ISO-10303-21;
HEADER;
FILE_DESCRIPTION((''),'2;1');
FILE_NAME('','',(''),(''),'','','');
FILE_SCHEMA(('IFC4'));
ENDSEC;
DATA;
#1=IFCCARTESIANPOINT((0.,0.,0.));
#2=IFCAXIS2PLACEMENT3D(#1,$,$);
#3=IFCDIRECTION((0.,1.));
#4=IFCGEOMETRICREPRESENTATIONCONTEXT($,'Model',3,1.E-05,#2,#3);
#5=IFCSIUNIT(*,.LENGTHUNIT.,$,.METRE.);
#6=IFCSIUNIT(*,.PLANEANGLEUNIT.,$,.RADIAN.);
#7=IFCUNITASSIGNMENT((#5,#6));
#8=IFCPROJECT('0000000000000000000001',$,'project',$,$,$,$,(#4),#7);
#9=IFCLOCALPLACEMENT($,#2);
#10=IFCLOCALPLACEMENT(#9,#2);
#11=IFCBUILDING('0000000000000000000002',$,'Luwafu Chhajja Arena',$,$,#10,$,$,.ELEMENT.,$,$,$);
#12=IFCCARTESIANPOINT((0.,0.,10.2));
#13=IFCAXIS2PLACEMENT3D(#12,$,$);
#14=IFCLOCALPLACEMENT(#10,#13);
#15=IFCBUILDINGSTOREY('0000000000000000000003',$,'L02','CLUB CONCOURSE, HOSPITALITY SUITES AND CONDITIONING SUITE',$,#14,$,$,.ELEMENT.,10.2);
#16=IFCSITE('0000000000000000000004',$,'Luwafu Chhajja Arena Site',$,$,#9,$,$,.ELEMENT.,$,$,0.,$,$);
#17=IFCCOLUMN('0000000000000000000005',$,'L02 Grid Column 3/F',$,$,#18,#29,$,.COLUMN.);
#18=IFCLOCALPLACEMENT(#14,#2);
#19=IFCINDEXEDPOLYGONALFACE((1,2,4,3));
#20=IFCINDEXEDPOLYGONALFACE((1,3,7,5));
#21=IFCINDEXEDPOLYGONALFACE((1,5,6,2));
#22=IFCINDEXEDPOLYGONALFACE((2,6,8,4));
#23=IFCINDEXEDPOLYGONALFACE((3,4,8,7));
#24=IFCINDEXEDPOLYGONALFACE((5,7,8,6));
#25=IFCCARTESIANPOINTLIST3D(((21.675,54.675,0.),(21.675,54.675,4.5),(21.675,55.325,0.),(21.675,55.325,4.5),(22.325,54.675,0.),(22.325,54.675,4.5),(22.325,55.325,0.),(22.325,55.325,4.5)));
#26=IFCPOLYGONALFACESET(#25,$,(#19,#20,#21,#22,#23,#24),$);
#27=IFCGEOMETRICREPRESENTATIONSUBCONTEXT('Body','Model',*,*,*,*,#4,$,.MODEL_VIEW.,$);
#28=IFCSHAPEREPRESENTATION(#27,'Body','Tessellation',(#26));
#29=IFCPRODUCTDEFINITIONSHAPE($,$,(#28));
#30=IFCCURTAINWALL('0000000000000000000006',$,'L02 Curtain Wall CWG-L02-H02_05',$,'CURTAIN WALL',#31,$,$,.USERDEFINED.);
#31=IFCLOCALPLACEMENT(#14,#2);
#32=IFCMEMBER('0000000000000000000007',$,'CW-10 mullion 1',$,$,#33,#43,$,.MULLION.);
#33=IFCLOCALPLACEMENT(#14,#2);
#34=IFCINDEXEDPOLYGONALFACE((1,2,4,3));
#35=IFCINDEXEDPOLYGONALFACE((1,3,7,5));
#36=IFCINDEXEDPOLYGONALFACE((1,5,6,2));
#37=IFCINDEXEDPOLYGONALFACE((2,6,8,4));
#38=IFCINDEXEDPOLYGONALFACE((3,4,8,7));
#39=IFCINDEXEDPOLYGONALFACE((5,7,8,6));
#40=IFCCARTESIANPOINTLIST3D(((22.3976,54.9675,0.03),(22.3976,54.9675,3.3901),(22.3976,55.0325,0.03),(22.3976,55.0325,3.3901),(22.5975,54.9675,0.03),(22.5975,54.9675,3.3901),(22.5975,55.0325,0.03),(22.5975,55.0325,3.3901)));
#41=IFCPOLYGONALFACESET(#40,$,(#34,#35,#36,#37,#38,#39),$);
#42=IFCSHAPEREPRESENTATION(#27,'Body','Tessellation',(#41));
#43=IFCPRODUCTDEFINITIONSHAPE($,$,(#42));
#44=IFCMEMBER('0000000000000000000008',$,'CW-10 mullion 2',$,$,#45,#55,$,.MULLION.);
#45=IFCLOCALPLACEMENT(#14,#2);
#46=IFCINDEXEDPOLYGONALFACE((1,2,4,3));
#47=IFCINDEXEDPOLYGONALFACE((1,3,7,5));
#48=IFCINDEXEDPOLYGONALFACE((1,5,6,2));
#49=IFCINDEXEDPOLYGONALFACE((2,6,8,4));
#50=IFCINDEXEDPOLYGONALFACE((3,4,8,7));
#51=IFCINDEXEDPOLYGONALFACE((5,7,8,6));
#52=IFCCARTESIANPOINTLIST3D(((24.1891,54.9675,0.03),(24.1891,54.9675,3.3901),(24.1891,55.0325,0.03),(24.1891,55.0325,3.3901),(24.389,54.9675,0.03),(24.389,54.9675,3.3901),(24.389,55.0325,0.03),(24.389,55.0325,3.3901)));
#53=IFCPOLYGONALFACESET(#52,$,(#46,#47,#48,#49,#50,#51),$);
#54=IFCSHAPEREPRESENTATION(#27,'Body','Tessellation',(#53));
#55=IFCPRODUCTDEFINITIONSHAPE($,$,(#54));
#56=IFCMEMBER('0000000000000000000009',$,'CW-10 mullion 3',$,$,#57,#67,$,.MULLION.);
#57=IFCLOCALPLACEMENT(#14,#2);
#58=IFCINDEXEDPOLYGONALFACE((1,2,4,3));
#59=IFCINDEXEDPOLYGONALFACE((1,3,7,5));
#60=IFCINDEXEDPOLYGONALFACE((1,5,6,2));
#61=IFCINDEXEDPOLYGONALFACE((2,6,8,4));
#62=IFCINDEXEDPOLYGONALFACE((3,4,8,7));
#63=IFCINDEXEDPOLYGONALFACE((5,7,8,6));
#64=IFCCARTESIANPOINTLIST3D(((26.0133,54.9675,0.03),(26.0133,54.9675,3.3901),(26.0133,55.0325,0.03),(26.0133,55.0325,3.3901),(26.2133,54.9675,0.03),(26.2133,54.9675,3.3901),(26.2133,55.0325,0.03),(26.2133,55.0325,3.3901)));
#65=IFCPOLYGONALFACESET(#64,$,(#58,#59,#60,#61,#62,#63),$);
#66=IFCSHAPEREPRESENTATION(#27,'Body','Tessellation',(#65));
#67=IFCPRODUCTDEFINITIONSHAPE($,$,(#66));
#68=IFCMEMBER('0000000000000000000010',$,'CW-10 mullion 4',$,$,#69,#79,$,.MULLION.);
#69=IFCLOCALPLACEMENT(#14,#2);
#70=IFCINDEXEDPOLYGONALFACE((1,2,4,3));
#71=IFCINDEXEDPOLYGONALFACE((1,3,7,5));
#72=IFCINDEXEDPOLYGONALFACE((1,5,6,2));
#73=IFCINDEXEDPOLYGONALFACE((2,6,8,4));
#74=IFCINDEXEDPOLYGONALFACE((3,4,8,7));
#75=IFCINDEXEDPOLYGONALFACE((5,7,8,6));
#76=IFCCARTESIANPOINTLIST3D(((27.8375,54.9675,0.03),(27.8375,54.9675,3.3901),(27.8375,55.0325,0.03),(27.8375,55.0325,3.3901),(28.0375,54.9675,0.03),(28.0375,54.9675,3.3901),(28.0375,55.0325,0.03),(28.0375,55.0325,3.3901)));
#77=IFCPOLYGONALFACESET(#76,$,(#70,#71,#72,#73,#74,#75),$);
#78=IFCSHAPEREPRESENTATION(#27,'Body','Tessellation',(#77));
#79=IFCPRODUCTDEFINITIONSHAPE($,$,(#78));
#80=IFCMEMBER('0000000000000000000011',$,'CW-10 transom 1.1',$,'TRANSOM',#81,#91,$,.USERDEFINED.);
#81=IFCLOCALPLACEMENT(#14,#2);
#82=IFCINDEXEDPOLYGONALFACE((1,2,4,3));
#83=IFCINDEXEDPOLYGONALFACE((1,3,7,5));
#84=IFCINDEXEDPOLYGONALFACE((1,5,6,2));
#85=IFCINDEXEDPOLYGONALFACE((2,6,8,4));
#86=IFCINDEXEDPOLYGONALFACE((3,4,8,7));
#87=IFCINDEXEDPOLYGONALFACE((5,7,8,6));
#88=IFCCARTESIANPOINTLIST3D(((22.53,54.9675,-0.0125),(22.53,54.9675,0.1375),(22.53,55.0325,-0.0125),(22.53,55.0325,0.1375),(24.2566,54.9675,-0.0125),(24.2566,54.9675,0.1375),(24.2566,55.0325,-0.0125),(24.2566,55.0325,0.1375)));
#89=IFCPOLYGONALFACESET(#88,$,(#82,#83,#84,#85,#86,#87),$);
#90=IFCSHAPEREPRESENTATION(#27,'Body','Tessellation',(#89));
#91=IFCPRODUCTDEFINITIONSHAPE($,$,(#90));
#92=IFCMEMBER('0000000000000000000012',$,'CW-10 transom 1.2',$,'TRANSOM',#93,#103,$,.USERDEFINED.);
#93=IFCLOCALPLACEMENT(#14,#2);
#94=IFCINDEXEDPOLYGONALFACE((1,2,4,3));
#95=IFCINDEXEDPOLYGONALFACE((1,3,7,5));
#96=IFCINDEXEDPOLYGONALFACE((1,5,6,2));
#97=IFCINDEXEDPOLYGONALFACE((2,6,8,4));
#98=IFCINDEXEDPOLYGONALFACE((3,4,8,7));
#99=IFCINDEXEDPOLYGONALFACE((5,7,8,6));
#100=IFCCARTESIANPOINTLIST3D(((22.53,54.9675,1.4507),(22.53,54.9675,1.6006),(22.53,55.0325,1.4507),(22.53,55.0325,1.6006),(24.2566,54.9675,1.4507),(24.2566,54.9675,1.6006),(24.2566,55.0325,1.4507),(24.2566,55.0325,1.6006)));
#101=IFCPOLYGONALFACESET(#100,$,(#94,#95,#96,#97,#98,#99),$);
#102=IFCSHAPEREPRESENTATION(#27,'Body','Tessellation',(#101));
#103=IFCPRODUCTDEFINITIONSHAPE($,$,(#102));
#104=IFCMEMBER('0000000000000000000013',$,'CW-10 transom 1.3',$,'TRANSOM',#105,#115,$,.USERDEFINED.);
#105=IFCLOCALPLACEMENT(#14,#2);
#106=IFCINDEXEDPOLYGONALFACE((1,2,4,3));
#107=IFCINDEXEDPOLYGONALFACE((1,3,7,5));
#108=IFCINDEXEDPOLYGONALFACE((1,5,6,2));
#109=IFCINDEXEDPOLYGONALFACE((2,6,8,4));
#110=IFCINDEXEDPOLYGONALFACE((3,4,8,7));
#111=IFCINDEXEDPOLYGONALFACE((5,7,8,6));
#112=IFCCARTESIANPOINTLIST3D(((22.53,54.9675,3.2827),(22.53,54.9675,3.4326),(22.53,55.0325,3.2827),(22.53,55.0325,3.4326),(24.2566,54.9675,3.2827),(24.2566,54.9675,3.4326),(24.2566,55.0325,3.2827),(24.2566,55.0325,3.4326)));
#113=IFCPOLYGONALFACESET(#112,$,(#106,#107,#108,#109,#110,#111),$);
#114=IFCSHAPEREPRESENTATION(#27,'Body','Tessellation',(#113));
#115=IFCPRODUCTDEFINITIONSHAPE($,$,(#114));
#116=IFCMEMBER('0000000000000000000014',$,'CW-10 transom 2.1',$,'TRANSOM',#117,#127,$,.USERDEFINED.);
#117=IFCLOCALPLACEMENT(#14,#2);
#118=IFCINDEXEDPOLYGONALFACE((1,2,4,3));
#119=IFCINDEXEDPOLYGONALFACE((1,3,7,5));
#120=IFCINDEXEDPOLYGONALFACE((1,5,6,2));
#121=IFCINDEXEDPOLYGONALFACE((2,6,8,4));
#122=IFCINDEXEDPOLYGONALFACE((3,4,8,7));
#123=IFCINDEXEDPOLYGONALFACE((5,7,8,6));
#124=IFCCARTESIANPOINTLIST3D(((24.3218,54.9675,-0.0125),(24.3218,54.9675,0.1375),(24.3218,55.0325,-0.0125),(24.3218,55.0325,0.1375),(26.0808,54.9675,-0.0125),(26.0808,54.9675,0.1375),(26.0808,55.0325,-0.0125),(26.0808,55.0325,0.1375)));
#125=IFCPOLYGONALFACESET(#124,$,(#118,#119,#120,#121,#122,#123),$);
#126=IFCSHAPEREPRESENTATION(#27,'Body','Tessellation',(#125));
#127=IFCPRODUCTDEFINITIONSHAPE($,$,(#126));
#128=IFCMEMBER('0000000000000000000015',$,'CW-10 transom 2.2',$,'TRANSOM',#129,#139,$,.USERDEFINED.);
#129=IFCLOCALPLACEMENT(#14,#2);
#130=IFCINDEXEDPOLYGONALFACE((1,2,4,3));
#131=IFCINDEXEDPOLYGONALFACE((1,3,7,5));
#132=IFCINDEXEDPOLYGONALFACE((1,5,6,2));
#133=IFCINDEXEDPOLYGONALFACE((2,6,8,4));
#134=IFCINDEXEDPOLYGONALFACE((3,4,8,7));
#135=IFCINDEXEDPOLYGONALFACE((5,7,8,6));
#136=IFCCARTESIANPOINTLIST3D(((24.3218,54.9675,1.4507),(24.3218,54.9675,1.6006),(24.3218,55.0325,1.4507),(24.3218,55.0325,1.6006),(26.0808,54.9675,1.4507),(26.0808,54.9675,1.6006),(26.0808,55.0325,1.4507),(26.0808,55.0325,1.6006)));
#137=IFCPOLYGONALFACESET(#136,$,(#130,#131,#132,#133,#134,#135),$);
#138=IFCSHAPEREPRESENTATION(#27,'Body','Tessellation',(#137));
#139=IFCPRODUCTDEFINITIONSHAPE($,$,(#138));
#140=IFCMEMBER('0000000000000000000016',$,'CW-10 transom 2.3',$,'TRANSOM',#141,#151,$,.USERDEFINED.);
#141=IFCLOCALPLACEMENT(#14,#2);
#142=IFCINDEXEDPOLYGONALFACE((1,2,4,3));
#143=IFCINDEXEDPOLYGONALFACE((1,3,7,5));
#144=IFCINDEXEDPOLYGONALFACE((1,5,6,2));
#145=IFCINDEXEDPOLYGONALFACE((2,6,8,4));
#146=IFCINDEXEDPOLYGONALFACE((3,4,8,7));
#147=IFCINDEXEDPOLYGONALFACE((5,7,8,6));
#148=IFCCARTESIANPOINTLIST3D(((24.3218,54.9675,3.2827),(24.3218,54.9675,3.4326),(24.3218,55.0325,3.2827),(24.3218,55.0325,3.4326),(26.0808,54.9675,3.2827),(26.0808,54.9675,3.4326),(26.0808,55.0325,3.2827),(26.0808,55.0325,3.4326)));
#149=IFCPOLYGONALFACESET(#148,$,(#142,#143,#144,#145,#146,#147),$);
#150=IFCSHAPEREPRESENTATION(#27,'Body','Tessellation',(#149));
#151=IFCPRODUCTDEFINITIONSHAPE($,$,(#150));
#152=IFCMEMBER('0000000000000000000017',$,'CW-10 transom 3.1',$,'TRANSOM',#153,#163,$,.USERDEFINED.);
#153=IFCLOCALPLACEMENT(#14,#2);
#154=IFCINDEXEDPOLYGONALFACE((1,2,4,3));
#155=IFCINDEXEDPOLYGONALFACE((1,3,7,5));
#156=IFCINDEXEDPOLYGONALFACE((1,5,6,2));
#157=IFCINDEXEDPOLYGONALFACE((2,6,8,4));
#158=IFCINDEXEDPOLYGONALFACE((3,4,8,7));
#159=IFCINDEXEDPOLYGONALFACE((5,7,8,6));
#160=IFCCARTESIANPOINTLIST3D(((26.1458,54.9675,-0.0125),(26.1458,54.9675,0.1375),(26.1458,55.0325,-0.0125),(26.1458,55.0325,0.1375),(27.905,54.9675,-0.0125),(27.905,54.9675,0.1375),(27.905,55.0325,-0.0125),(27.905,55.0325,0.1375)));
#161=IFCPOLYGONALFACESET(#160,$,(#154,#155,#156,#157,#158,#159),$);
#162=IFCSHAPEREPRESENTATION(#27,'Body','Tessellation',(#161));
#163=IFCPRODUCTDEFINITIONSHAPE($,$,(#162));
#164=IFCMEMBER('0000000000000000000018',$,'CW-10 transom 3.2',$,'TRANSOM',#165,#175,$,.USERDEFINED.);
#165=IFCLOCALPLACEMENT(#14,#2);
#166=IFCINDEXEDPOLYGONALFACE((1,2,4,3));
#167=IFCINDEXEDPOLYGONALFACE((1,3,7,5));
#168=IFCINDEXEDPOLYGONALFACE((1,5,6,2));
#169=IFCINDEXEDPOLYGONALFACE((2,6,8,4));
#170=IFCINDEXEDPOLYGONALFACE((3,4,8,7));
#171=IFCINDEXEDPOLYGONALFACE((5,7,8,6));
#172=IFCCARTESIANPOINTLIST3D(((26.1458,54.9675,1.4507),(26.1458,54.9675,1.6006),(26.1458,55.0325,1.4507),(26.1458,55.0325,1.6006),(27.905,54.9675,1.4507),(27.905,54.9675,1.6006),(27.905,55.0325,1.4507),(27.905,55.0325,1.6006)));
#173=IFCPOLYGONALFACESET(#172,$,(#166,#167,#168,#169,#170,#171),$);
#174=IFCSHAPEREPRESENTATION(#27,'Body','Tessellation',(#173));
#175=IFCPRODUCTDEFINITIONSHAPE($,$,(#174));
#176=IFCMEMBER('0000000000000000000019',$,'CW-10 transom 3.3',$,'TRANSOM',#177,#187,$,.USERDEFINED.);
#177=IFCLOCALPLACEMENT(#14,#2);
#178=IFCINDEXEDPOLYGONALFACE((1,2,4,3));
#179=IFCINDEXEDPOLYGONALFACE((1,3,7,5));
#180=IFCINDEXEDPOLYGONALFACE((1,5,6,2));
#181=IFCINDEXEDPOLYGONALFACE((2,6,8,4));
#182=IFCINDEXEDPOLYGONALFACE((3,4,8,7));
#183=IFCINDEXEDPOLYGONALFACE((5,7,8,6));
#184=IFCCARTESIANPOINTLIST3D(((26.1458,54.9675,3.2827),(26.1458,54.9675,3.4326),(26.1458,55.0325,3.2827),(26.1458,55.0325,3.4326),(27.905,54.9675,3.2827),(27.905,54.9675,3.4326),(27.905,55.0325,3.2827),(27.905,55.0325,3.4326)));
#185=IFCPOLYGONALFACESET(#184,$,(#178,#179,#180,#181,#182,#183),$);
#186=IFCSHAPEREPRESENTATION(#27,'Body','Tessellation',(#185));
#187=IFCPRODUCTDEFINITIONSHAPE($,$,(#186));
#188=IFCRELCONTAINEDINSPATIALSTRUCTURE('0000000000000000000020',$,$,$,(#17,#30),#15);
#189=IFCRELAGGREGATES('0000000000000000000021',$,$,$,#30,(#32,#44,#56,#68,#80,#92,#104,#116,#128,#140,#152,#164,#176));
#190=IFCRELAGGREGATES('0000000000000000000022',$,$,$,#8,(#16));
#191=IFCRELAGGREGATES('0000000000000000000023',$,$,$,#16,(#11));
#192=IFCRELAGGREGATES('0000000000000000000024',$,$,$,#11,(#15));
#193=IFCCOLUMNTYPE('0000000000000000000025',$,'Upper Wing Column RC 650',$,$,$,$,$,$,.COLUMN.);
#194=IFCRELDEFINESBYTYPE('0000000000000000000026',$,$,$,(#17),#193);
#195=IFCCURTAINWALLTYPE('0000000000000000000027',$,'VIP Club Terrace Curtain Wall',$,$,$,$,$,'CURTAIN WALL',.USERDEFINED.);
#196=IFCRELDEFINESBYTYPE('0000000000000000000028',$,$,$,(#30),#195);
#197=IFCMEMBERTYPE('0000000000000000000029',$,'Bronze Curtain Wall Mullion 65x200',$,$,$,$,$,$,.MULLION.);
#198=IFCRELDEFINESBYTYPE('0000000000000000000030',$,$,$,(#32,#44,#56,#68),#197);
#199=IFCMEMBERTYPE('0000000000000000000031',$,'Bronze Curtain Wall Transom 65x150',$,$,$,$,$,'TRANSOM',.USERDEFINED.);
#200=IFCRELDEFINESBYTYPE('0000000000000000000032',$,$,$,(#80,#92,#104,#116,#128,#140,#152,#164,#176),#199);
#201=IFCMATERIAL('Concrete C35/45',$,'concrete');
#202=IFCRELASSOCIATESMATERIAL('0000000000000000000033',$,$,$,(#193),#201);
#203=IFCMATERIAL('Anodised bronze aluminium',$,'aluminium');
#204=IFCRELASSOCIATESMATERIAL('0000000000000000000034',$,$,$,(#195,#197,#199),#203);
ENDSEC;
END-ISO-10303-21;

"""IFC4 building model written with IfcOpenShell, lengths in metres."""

from ifc_helpers import new_model, si_unit, direction, frame, origin, origin_2d, place, context, subcontext, project, spatial, rectangle, extrude, material, material_profile, profile_set, type_object, element, aggregate, save


model = new_model("IFC4")

# Units and contexts
model_context = context("Model", 3, precision=1e-05, world=origin(), true_north=direction((0.0, 1.0)))
body_context = subcontext(model_context, "Body", "Model", "MODEL_VIEW")
ifc_project = project(units=[si_unit("LENGTHUNIT", "METRE"), si_unit("PLANEANGLEUNIT", "RADIAN")], contexts=[model_context])

# Site, building, storey
site_placement = place(None, origin())
site = spatial("IfcSite", under=ifc_project, at=site_placement, Name="Luwafu Chhajja Arena Site", CompositionType="ELEMENT", RefElevation=0.0)
building_placement = place(site_placement, origin())
building = spatial("IfcBuilding", under=site, at=building_placement, Name="Luwafu Chhajja Arena", CompositionType="ELEMENT")
storey_placement = place(building_placement, frame((0.0, 0.0, 10.2)))
storey = spatial("IfcBuildingStorey", under=building, at=storey_placement, Name="L02", Description="CLUB CONCOURSE, HOSPITALITY SUITES AND CONDITIONING SUITE", CompositionType="ELEMENT", Elevation=10.2)

# Column
ifc_material_1 = material(Name="Concrete C35/45", Category="concrete")
ifc_material_profile_1 = material_profile(ifc_material_1, rectangle(XDim=0.6499, YDim=0.6499, at=origin_2d()), Name="RC 650x650")
ifc_profile_set_1 = profile_set([ifc_material_profile_1], Name="Concrete C35/45")
column_type = type_object("IfcColumnType", Name="Upper Wing Column RC 650", PredefinedType="COLUMN", material=ifc_profile_set_1)
column_placement = place(storey_placement, frame((22.0, 55.0, 0.0), z_axis=(0.0, 0.0, 1.0), x_axis=(1.0, 0.0, 0.0)))
element("IfcColumn", 1, at=column_placement, inside=storey, type_object=column_type, Name="L02 Grid Column 3/F", PredefinedType="COLUMN", context=body_context, shape_type="SweptSolid", body=[
    extrude(rectangle(XDim=0.6499, YDim=0.6499, at=origin_2d()), origin(), (0.0, 0.0, 1.0), 4.5),
])

# Curtain wall, members
ifc_material_2 = material(Name="Anodised bronze aluminium", Category="aluminium")
curtain_wall_type = type_object("IfcCurtainWallType", Name="VIP Club Terrace Curtain Wall", ElementType="CURTAIN WALL", PredefinedType="USERDEFINED", material=ifc_material_2)
curtain_wall_placement = place(storey_placement, origin())
curtain_wall = element("IfcCurtainWall", 2, at=curtain_wall_placement, inside=storey, type_object=curtain_wall_type, Name="L02 Curtain Wall CWG-L02-H02_05", ObjectType="CURTAIN WALL", PredefinedType="USERDEFINED")
ifc_material_profile_2 = material_profile(ifc_material_2, rectangle(XDim=0.0649, YDim=0.2, at=origin_2d()), Name="CWM 65x200")
ifc_profile_set_2 = profile_set([ifc_material_profile_2], Name="Anodised bronze aluminium")
member_type_1 = type_object("IfcMemberType", Name="Bronze Curtain Wall Mullion 65x200", PredefinedType="MULLION", material=ifc_profile_set_2)
member_1_placement = place(storey_placement, frame((22.4976, 55.0, 0.03), z_axis=(0.0, 0.0, 1.0), x_axis=(0.0, 1.0, 0.0)))
member_1 = element("IfcMember", 3, at=member_1_placement, type_object=member_type_1, Name="CW-10 mullion 1", PredefinedType="MULLION", context=body_context, shape_type="SweptSolid", body=[
    extrude(rectangle(XDim=0.0649, YDim=0.2, at=origin_2d()), origin(), (0.0, 0.0, 1.0), 3.3601),
])
member_2_placement = place(storey_placement, frame((24.2891, 55.0, 0.03), z_axis=(0.0, 0.0, 1.0), x_axis=(0.0, 1.0, 0.0)))
member_2 = element("IfcMember", 4, at=member_2_placement, type_object=member_type_1, Name="CW-10 mullion 2", PredefinedType="MULLION", context=body_context, shape_type="SweptSolid", body=[
    extrude(rectangle(XDim=0.0649, YDim=0.2, at=origin_2d()), origin(), (0.0, 0.0, 1.0), 3.3601),
])
member_3_placement = place(storey_placement, frame((26.1133, 55.0, 0.03), z_axis=(0.0, 0.0, 1.0), x_axis=(0.0, 1.0, 0.0)))
member_3 = element("IfcMember", 5, at=member_3_placement, type_object=member_type_1, Name="CW-10 mullion 3", PredefinedType="MULLION", context=body_context, shape_type="SweptSolid", body=[
    extrude(rectangle(XDim=0.0649, YDim=0.2, at=origin_2d()), origin(), (0.0, 0.0, 1.0), 3.3601),
])
member_4_placement = place(storey_placement, frame((27.9375, 55.0, 0.03), z_axis=(0.0, 0.0, 1.0), x_axis=(0.0, 1.0, 0.0)))
member_4 = element("IfcMember", 6, at=member_4_placement, type_object=member_type_1, Name="CW-10 mullion 4", PredefinedType="MULLION", context=body_context, shape_type="SweptSolid", body=[
    extrude(rectangle(XDim=0.0649, YDim=0.2, at=origin_2d()), origin(), (0.0, 0.0, 1.0), 3.3601),
])
ifc_material_profile_3 = material_profile(ifc_material_2, rectangle(XDim=0.0649, YDim=0.1499, at=origin_2d()), Name="CWT 65x150")
ifc_profile_set_3 = profile_set([ifc_material_profile_3], Name="Anodised bronze aluminium")
member_type_2 = type_object("IfcMemberType", Name="Bronze Curtain Wall Transom 65x150", ElementType="TRANSOM", PredefinedType="USERDEFINED", material=ifc_profile_set_3)
member_5_placement = place(storey_placement, frame((22.53, 55.0, 0.0625), z_axis=(1.0, 0.0, 0.0), x_axis=(0.0, 1.0, 0.0)))
member_5 = element("IfcMember", 7, at=member_5_placement, type_object=member_type_2, Name="CW-10 transom 1.1", ObjectType="TRANSOM", PredefinedType="USERDEFINED", context=body_context, shape_type="SweptSolid", body=[
    extrude(rectangle(XDim=0.0649, YDim=0.1499, at=origin_2d()), origin(), (0.0, 0.0, 1.0), 1.7266),
])
member_6_placement = place(storey_placement, frame((22.53, 55.0, 1.5256), z_axis=(1.0, 0.0, 0.0), x_axis=(0.0, 1.0, 0.0)))
member_6 = element("IfcMember", 8, at=member_6_placement, type_object=member_type_2, Name="CW-10 transom 1.2", ObjectType="TRANSOM", PredefinedType="USERDEFINED", context=body_context, shape_type="SweptSolid", body=[
    extrude(rectangle(XDim=0.0649, YDim=0.1499, at=origin_2d()), origin(), (0.0, 0.0, 1.0), 1.7266),
])
member_7_placement = place(storey_placement, frame((22.53, 55.0, 3.3577), z_axis=(1.0, 0.0, 0.0), x_axis=(0.0, 1.0, 0.0)))
member_7 = element("IfcMember", 9, at=member_7_placement, type_object=member_type_2, Name="CW-10 transom 1.3", ObjectType="TRANSOM", PredefinedType="USERDEFINED", context=body_context, shape_type="SweptSolid", body=[
    extrude(rectangle(XDim=0.0649, YDim=0.1499, at=origin_2d()), origin(), (0.0, 0.0, 1.0), 1.7266),
])
member_8_placement = place(storey_placement, frame((24.3218, 55.0, 0.0625), z_axis=(1.0, 0.0, 0.0), x_axis=(0.0, 1.0, 0.0)))
member_8 = element("IfcMember", 10, at=member_8_placement, type_object=member_type_2, Name="CW-10 transom 2.1", ObjectType="TRANSOM", PredefinedType="USERDEFINED", context=body_context, shape_type="SweptSolid", body=[
    extrude(rectangle(XDim=0.0649, YDim=0.1499, at=origin_2d()), origin(), (0.0, 0.0, 1.0), 1.759),
])
member_9_placement = place(storey_placement, frame((24.3218, 55.0, 1.5256), z_axis=(1.0, 0.0, 0.0), x_axis=(0.0, 1.0, 0.0)))
member_9 = element("IfcMember", 11, at=member_9_placement, type_object=member_type_2, Name="CW-10 transom 2.2", ObjectType="TRANSOM", PredefinedType="USERDEFINED", context=body_context, shape_type="SweptSolid", body=[
    extrude(rectangle(XDim=0.0649, YDim=0.1499, at=origin_2d()), origin(), (0.0, 0.0, 1.0), 1.759),
])
member_10_placement = place(storey_placement, frame((24.3218, 55.0, 3.3577), z_axis=(1.0, 0.0, 0.0), x_axis=(0.0, 1.0, 0.0)))
member_10 = element("IfcMember", 12, at=member_10_placement, type_object=member_type_2, Name="CW-10 transom 2.3", ObjectType="TRANSOM", PredefinedType="USERDEFINED", context=body_context, shape_type="SweptSolid", body=[
    extrude(rectangle(XDim=0.0649, YDim=0.1499, at=origin_2d()), origin(), (0.0, 0.0, 1.0), 1.759),
])
member_11_placement = place(storey_placement, frame((26.1458, 55.0, 0.0625), z_axis=(1.0, 0.0, 0.0), x_axis=(0.0, 1.0, 0.0)))
member_11 = element("IfcMember", 13, at=member_11_placement, type_object=member_type_2, Name="CW-10 transom 3.1", ObjectType="TRANSOM", PredefinedType="USERDEFINED", context=body_context, shape_type="SweptSolid", body=[
    extrude(rectangle(XDim=0.0649, YDim=0.1499, at=origin_2d()), origin(), (0.0, 0.0, 1.0), 1.7593),
])
member_12_placement = place(storey_placement, frame((26.1458, 55.0, 1.5256), z_axis=(1.0, 0.0, 0.0), x_axis=(0.0, 1.0, 0.0)))
member_12 = element("IfcMember", 14, at=member_12_placement, type_object=member_type_2, Name="CW-10 transom 3.2", ObjectType="TRANSOM", PredefinedType="USERDEFINED", context=body_context, shape_type="SweptSolid", body=[
    extrude(rectangle(XDim=0.0649, YDim=0.1499, at=origin_2d()), origin(), (0.0, 0.0, 1.0), 1.7593),
])
member_13_placement = place(storey_placement, frame((26.1458, 55.0, 3.3577), z_axis=(1.0, 0.0, 0.0), x_axis=(0.0, 1.0, 0.0)))
member_13 = element("IfcMember", 15, at=member_13_placement, type_object=member_type_2, Name="CW-10 transom 3.3", ObjectType="TRANSOM", PredefinedType="USERDEFINED", context=body_context, shape_type="SweptSolid", body=[
    extrude(rectangle(XDim=0.0649, YDim=0.1499, at=origin_2d()), origin(), (0.0, 0.0, 1.0), 1.7593),
])

aggregate(curtain_wall, [member_1, member_2, member_3, member_4, member_5, member_6, member_7, member_8, member_9, member_10, member_11, member_12, member_13])

save(model, "model.ifc")
